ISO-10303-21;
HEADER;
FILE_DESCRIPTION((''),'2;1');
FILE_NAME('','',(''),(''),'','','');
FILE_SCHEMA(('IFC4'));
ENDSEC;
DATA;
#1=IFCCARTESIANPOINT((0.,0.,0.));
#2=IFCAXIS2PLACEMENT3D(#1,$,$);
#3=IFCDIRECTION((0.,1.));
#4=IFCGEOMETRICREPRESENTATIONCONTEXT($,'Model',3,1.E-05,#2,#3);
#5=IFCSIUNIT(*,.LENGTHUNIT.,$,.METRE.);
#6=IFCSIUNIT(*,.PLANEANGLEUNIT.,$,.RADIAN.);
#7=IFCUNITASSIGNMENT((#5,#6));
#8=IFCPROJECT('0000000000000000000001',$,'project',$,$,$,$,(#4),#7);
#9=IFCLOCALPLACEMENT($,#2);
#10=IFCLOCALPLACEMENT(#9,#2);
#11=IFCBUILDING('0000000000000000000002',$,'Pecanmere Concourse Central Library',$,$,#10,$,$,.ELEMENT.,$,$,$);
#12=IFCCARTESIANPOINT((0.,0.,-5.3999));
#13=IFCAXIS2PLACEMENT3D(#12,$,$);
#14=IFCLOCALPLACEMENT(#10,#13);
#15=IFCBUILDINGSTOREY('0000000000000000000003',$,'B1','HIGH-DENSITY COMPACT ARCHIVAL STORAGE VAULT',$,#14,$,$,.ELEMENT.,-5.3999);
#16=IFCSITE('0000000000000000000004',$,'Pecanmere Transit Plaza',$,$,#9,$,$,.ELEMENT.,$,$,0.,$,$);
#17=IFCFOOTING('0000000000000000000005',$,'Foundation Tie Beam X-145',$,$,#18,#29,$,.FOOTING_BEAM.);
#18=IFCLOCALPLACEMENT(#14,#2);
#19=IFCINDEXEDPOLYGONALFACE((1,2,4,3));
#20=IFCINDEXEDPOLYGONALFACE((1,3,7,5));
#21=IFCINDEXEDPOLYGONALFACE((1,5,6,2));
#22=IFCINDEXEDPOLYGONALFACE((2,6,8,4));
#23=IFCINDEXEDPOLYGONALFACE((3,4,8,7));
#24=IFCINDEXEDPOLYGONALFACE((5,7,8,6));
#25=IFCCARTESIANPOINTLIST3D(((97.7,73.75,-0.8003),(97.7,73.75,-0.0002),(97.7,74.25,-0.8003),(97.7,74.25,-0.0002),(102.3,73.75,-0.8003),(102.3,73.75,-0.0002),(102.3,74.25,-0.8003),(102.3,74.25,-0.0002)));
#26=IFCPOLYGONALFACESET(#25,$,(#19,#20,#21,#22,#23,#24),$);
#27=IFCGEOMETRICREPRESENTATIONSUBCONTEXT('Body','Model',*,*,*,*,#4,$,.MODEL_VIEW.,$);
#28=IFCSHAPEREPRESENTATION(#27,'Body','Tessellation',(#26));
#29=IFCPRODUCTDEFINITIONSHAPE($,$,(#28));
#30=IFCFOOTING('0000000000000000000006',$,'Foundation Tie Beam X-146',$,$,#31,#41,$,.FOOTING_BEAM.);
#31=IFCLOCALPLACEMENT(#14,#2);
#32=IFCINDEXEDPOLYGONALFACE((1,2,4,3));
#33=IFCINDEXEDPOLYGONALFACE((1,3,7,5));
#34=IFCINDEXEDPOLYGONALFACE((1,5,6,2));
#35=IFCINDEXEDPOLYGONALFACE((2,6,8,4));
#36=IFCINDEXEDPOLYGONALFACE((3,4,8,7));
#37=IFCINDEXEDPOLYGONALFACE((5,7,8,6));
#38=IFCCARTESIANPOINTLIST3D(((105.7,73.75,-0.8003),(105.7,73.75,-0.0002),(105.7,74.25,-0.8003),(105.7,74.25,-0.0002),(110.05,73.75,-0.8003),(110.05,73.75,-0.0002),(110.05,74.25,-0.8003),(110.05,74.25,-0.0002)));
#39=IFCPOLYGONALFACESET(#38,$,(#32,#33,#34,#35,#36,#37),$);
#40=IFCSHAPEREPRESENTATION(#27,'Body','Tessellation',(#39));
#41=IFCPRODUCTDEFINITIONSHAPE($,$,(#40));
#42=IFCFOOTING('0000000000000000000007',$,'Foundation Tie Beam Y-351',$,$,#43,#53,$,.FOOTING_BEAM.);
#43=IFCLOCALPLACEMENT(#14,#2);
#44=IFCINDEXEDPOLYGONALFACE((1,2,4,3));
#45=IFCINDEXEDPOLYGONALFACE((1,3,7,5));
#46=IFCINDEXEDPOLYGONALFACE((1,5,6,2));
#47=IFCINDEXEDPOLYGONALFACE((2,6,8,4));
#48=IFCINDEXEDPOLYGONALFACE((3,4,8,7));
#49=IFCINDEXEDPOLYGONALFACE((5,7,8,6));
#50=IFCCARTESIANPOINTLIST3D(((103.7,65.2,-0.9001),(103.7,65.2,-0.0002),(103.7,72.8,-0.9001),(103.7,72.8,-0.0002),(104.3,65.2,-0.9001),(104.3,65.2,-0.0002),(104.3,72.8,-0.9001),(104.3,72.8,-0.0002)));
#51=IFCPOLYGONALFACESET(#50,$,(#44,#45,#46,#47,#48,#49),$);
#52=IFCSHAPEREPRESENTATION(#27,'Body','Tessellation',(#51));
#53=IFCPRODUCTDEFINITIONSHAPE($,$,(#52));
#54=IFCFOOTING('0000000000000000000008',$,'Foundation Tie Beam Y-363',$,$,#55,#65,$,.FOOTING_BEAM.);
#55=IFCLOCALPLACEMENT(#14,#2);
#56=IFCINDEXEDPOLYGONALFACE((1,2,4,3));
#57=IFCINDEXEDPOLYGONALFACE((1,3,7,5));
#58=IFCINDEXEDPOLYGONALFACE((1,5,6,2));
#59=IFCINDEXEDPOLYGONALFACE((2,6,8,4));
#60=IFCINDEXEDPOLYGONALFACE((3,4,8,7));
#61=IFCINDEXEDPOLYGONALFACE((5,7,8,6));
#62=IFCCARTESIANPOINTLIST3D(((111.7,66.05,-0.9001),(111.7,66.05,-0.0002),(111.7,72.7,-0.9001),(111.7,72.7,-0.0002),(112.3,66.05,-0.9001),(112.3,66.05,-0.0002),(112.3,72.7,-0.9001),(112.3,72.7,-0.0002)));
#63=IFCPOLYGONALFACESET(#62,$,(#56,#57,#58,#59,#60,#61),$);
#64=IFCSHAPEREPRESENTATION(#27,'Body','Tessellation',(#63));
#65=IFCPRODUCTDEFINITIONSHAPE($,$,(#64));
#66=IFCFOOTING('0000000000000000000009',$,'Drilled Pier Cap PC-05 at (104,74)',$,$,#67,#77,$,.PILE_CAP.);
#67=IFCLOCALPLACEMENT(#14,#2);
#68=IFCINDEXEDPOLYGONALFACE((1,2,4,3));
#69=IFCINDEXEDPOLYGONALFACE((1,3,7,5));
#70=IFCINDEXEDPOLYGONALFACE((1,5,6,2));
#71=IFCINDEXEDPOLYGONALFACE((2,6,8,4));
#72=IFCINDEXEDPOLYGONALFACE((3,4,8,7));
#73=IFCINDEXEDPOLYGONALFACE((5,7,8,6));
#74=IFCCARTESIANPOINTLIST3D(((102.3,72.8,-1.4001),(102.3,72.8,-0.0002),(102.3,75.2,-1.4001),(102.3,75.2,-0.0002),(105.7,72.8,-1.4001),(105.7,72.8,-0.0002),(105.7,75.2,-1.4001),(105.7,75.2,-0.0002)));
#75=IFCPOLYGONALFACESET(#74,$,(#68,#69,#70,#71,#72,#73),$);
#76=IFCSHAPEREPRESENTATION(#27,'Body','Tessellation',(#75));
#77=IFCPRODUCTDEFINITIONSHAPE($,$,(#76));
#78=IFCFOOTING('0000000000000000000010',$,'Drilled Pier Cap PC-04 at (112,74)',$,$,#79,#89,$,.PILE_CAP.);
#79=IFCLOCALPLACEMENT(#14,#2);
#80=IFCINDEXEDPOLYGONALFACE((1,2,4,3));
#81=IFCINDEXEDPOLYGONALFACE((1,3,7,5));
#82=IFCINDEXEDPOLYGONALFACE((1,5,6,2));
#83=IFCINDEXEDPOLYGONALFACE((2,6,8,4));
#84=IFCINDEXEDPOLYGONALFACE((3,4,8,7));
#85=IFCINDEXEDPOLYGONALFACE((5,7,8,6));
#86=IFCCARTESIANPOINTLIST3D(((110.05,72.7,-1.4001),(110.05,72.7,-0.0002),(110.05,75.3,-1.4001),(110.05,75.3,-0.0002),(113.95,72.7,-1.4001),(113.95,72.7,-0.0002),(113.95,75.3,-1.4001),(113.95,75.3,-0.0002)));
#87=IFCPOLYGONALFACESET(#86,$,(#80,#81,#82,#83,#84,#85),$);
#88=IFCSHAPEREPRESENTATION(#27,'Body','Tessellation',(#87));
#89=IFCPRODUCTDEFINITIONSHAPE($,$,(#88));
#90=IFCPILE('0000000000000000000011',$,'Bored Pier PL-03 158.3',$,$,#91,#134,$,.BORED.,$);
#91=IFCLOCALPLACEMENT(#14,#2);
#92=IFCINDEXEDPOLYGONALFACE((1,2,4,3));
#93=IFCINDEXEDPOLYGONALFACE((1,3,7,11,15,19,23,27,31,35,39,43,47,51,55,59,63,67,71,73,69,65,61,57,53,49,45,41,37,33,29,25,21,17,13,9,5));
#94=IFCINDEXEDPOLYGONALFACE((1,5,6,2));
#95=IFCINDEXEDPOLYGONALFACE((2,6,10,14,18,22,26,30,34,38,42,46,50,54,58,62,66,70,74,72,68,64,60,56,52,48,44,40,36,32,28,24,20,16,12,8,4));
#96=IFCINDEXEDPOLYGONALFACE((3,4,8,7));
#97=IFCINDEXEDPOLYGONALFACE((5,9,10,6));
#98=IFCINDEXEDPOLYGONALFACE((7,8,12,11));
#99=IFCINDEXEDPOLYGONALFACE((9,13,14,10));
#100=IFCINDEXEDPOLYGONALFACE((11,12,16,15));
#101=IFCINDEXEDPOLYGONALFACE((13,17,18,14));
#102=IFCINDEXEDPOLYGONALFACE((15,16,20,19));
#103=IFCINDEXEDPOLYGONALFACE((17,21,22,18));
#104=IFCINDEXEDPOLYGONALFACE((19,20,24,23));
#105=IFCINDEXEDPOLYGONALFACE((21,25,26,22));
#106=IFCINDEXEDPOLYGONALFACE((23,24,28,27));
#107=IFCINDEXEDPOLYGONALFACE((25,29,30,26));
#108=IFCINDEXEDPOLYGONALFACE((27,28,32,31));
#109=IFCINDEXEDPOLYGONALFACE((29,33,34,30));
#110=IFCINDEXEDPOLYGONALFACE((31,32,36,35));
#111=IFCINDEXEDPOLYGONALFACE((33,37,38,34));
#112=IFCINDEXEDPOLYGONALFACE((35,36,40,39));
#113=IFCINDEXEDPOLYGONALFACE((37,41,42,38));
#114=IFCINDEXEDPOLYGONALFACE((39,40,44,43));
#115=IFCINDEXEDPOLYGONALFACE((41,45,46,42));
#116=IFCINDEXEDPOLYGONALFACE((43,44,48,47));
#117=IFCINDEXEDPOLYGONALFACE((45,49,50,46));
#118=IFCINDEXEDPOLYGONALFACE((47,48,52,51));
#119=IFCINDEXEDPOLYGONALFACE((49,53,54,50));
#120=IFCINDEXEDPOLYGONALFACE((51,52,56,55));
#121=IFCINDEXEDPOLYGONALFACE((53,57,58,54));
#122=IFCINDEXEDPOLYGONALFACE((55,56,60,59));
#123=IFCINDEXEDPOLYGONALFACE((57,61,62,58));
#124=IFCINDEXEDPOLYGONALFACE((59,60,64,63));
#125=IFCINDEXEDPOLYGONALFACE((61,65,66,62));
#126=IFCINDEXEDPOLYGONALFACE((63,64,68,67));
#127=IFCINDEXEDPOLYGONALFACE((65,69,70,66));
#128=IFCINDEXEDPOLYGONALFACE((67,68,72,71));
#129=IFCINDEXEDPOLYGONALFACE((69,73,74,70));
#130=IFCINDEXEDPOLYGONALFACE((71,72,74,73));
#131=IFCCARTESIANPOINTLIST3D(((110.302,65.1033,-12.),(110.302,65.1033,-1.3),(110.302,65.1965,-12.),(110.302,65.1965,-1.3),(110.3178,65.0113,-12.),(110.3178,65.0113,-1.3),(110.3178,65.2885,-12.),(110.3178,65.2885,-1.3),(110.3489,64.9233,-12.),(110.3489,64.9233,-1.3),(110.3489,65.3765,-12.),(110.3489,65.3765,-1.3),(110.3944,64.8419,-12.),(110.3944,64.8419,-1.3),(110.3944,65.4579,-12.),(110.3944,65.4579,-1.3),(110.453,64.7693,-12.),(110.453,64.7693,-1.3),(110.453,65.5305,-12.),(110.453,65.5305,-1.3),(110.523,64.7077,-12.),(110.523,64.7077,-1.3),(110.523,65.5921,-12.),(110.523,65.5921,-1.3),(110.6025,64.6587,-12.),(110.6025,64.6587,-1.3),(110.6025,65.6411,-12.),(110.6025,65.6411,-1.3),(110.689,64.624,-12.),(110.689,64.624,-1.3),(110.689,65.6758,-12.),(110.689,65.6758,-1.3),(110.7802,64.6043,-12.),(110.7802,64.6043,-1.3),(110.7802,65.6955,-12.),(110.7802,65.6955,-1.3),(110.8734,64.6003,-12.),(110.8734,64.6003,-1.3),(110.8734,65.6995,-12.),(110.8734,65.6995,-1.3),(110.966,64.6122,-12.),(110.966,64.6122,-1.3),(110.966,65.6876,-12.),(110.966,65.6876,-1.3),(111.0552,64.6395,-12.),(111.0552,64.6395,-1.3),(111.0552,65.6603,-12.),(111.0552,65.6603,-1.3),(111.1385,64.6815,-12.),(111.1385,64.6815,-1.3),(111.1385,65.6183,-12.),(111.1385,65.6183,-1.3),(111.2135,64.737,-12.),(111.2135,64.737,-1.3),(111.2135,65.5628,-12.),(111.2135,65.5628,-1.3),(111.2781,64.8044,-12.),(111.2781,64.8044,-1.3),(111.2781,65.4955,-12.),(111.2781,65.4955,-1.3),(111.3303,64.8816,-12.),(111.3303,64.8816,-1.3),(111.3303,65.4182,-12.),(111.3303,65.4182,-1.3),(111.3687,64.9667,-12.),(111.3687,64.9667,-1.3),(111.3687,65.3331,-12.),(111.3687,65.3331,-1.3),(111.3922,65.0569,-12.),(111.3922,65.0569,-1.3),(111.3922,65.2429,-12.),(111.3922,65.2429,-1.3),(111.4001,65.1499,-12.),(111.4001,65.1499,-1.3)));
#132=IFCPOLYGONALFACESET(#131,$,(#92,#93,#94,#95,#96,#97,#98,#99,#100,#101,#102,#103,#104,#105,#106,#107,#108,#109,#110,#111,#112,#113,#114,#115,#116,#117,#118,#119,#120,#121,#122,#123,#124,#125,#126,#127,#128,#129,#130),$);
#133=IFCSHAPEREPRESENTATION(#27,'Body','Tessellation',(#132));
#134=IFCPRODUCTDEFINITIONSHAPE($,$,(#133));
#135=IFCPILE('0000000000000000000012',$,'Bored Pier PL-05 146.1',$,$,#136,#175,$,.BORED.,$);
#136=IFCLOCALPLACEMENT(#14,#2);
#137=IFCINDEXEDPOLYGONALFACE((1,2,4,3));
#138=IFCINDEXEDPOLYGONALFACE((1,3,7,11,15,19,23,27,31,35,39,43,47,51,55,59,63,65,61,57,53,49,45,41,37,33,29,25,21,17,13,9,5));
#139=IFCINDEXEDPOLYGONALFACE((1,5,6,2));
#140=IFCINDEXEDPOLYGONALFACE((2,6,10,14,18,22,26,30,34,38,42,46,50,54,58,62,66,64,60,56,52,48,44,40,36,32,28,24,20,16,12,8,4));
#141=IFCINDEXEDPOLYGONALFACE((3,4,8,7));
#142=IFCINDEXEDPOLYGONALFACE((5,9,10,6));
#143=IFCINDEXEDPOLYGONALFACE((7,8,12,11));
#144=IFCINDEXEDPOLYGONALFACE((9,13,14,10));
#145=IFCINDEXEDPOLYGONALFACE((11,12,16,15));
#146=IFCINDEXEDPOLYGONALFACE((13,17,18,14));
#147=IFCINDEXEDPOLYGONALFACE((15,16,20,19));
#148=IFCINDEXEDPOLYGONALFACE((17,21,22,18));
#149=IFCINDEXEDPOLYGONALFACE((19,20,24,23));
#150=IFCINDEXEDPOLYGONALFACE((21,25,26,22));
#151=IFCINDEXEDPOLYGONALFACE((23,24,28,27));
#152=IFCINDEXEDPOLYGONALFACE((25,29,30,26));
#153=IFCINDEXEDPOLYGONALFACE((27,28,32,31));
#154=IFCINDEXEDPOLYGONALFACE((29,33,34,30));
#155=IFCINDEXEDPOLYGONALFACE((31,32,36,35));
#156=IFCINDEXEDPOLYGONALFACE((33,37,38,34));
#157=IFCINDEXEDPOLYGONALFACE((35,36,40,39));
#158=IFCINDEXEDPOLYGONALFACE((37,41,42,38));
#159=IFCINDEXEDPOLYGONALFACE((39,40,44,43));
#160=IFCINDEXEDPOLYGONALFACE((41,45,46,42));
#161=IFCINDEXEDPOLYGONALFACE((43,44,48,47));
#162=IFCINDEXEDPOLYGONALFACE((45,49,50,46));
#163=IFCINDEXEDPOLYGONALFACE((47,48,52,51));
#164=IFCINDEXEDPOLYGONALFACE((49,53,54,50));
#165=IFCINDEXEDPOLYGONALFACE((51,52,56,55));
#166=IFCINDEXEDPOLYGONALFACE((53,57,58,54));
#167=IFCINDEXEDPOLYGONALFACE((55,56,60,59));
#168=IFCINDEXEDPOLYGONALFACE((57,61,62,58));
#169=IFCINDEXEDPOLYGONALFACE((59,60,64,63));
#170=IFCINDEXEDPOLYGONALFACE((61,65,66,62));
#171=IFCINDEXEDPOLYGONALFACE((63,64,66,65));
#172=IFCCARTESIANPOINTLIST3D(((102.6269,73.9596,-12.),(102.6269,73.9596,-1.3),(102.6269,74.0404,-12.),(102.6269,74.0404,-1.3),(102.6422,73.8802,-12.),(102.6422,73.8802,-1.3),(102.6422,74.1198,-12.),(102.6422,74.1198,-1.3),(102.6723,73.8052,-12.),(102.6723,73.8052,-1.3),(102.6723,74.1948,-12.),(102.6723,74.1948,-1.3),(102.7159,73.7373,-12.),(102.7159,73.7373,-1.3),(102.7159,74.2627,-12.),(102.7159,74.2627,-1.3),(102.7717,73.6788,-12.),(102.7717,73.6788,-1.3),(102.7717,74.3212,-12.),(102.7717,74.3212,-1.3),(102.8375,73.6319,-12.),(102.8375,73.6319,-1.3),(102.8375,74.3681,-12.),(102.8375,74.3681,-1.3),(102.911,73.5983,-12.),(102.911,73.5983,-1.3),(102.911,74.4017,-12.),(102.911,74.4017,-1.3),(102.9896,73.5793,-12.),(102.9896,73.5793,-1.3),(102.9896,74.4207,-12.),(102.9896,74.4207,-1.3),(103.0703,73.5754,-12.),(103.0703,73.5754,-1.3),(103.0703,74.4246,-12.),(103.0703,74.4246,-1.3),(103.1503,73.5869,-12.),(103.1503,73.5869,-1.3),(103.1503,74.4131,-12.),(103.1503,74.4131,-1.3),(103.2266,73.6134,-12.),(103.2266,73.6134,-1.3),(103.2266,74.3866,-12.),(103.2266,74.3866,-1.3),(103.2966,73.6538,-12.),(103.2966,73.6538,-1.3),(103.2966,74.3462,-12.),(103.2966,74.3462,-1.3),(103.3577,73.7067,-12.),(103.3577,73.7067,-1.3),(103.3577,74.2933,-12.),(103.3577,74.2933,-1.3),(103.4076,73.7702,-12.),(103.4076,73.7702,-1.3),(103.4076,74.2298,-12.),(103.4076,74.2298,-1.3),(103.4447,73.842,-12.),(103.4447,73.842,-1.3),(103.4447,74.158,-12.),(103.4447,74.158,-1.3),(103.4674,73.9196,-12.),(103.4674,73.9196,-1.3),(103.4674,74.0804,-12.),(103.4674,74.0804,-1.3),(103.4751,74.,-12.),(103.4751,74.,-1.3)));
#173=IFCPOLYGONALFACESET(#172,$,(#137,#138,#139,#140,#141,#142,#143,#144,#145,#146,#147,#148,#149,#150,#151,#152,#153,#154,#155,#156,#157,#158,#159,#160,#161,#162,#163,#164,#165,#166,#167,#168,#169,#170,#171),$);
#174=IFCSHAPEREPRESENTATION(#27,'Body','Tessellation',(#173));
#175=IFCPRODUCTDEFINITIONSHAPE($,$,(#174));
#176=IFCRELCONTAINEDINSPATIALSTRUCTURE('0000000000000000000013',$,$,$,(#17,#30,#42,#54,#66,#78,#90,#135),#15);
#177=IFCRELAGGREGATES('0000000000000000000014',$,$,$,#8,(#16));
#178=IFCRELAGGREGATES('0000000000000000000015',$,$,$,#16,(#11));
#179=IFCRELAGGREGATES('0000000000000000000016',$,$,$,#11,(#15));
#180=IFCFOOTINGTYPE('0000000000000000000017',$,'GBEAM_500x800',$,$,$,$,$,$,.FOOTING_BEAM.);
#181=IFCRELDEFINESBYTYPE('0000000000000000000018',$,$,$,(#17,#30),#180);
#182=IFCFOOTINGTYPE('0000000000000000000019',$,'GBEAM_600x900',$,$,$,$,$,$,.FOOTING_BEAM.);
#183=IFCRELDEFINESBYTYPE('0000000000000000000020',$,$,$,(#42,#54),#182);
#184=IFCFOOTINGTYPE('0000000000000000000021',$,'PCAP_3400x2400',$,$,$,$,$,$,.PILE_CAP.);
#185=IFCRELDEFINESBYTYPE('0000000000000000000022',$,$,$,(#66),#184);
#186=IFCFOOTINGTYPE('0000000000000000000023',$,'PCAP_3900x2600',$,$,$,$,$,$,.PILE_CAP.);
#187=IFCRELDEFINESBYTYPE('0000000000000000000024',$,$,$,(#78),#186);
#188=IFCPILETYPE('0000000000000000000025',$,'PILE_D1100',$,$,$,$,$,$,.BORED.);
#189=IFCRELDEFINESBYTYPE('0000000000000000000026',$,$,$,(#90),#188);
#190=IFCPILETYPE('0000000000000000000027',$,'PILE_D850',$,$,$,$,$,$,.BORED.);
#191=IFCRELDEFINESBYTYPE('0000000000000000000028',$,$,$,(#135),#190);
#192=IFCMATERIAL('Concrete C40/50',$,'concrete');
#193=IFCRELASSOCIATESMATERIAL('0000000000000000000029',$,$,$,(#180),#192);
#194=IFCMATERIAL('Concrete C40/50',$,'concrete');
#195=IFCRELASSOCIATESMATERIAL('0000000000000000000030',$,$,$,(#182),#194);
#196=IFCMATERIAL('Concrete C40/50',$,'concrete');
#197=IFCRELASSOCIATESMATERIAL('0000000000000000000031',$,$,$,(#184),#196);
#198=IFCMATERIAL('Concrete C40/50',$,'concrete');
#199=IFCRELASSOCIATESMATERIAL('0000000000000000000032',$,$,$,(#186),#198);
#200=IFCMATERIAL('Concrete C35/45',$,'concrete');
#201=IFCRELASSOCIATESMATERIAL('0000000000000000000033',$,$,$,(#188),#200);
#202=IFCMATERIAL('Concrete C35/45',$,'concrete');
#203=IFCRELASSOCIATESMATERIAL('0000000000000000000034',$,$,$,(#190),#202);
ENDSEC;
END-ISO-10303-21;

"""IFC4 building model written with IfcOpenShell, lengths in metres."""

from ifc_helpers import new_model, si_unit, direction, frame, origin, origin_2d, place, context, subcontext, project, spatial, rectangle, circle, extrude, material, material_profile, profile_set, type_object, element, save


model = new_model("IFC4")

# Units and contexts
model_context = context("Model", 3, precision=1e-05, world=origin(), true_north=direction((0.0, 1.0)))
body_context = subcontext(model_context, "Body", "Model", "MODEL_VIEW")
ifc_project = project(units=[si_unit("LENGTHUNIT", "METRE"), si_unit("PLANEANGLEUNIT", "RADIAN")], contexts=[model_context])

# Site, building, storey
site_placement = place(None, origin())
site = spatial("IfcSite", under=ifc_project, at=site_placement, Name="Pecanmere Transit Plaza", CompositionType="ELEMENT", RefElevation=0.0)
building_placement = place(site_placement, origin())
building = spatial("IfcBuilding", under=site, at=building_placement, Name="Pecanmere Concourse Central Library", CompositionType="ELEMENT")
storey_placement = place(building_placement, frame((0.0, 0.0, -5.3999)))
storey = spatial("IfcBuildingStorey", under=building, at=storey_placement, Name="B1", Description="HIGH-DENSITY COMPACT ARCHIVAL STORAGE VAULT", CompositionType="ELEMENT", Elevation=-5.3999)

# Footings
ifc_material_1 = material(Name="Concrete C40/50", Category="concrete")
ifc_material_profile_1 = material_profile(ifc_material_1, rectangle(XDim=0.5, YDim=0.8, at=origin_2d()), Name="RC 500x800")
ifc_profile_set_1 = profile_set([ifc_material_profile_1], Name="Concrete C40/50")
footing_type_1 = type_object("IfcFootingType", Name="GBEAM_500x800", PredefinedType="FOOTING_BEAM", material=ifc_profile_set_1)
footing_1_placement = place(storey_placement, frame((100.0, 74.0, -0.8003), z_axis=(0.0, 0.0, 1.0), x_axis=(1.0, 0.0, 0.0)))
element("IfcFooting", 1, at=footing_1_placement, inside=storey, type_object=footing_type_1, Name="Foundation Tie Beam X-145", PredefinedType="FOOTING_BEAM", context=body_context, shape_type="SweptSolid", body=[
    extrude(rectangle(XDim=4.6001, YDim=0.5, at=origin_2d()), origin(), (0.0, 0.0, 1.0), 0.8),
])
footing_2_placement = place(storey_placement, frame((107.875, 74.0, -0.8003), z_axis=(0.0, 0.0, 1.0), x_axis=(1.0, 0.0, 0.0)))
element("IfcFooting", 2, at=footing_2_placement, inside=storey, type_object=footing_type_1, Name="Foundation Tie Beam X-146", PredefinedType="FOOTING_BEAM", context=body_context, shape_type="SweptSolid", body=[
    extrude(rectangle(XDim=4.3501, YDim=0.5, at=origin_2d()), origin(), (0.0, 0.0, 1.0), 0.8),
])
ifc_material_2 = material(Name="Concrete C40/50", Category="concrete")
ifc_material_profile_2 = material_profile(ifc_material_2, rectangle(XDim=0.6001, YDim=0.8999, at=origin_2d()), Name="RC 600x900")
ifc_profile_set_2 = profile_set([ifc_material_profile_2], Name="Concrete C40/50")
footing_type_2 = type_object("IfcFootingType", Name="GBEAM_600x900", PredefinedType="FOOTING_BEAM", material=ifc_profile_set_2)
footing_3_placement = place(storey_placement, frame((104.0, 69.0, -0.9001), z_axis=(0.0, 0.0, 1.0), x_axis=(0.0, 1.0, 0.0)))
element("IfcFooting", 3, at=footing_3_placement, inside=storey, type_object=footing_type_2, Name="Foundation Tie Beam Y-351", PredefinedType="FOOTING_BEAM", context=body_context, shape_type="SweptSolid", body=[
    extrude(rectangle(XDim=7.6001, YDim=0.6001, at=origin_2d()), origin(), (0.0, 0.0, 1.0), 0.8999),
])
footing_4_placement = place(storey_placement, frame((112.0, 69.375, -0.9001), z_axis=(0.0, 0.0, 1.0), x_axis=(0.0, 1.0, 0.0)))
element("IfcFooting", 4, at=footing_4_placement, inside=storey, type_object=footing_type_2, Name="Foundation Tie Beam Y-363", PredefinedType="FOOTING_BEAM", context=body_context, shape_type="SweptSolid", body=[
    extrude(rectangle(XDim=6.6499, YDim=0.6001, at=origin_2d()), origin(), (0.0, 0.0, 1.0), 0.8999),
])
ifc_material_3 = material(Name="Concrete C40/50", Category="concrete")
footing_type_3 = type_object("IfcFootingType", Name="PCAP_3400x2400", PredefinedType="PILE_CAP", material=ifc_material_3)
footing_5_placement = place(storey_placement, frame((104.0, 74.0, -1.4001), z_axis=(0.0, 0.0, 1.0), x_axis=(1.0, 0.0, 0.0)))
element("IfcFooting", 5, at=footing_5_placement, inside=storey, type_object=footing_type_3, Name="Drilled Pier Cap PC-05 at (104,74)", PredefinedType="PILE_CAP", context=body_context, shape_type="SweptSolid", body=[
    extrude(rectangle(XDim=3.3999, YDim=2.3999, at=origin_2d()), origin(), (0.0, 0.0, 1.0), 1.3999),
])
ifc_material_4 = material(Name="Concrete C40/50", Category="concrete")
footing_type_4 = type_object("IfcFootingType", Name="PCAP_3900x2600", PredefinedType="PILE_CAP", material=ifc_material_4)
footing_6_placement = place(storey_placement, frame((112.0, 74.0, -1.4001), z_axis=(0.0, 0.0, 1.0), x_axis=(1.0, 0.0, 0.0)))
element("IfcFooting", 6, at=footing_6_placement, inside=storey, type_object=footing_type_4, Name="Drilled Pier Cap PC-04 at (112,74)", PredefinedType="PILE_CAP", context=body_context, shape_type="SweptSolid", body=[
    extrude(rectangle(XDim=3.8999, YDim=2.6001, at=origin_2d()), origin(), (0.0, 0.0, 1.0), 1.3999),
])

# Piles
ifc_material_5 = material(Name="Concrete C35/45", Category="concrete")
ifc_material_profile_3 = material_profile(ifc_material_5, circle(Radius=0.55, at=origin_2d()), Name="PIER D1100")
ifc_profile_set_3 = profile_set([ifc_material_profile_3], Name="Concrete C35/45")
pile_type_1 = type_object("IfcPileType", Name="PILE_D1100", PredefinedType="BORED", material=ifc_profile_set_3)
pile_1_placement = place(storey_placement, frame((110.8501, 65.1499, -1.3), z_axis=(0.0, 0.0, -1.0), x_axis=(1.0, 0.0, 0.0)))
element("IfcPile", 7, at=pile_1_placement, inside=storey, type_object=pile_type_1, Name="Bored Pier PL-03 158.3", PredefinedType="BORED", context=body_context, shape_type="SweptSolid", body=[
    extrude(circle(Radius=0.55, at=origin_2d()), origin(), (0.0, 0.0, 1.0), 10.7),
])
ifc_material_6 = material(Name="Concrete C35/45", Category="concrete")
ifc_material_profile_4 = material_profile(ifc_material_6, circle(Radius=0.425, at=origin_2d()), Name="PIER D850")
ifc_profile_set_4 = profile_set([ifc_material_profile_4], Name="Concrete C35/45")
pile_type_2 = type_object("IfcPileType", Name="PILE_D850", PredefinedType="BORED", material=ifc_profile_set_4)
for number, where, z_axis, x_axis, name in (
    (8, (103.05, 74.0, -1.3), (0.0, 0.0, -1.0), (1.0, 0.0, 0.0), "Bored Pier PL-05 146.1"),
):
    element("IfcPile", number, at=place(storey_placement, frame(where, z_axis=z_axis, x_axis=x_axis)), inside=storey, type_object=pile_type_2, Name=name, PredefinedType="BORED", context=body_context, shape_type="SweptSolid", body=[
        extrude(circle(Radius=0.425, at=origin_2d()), origin(), (0.0, 0.0, 1.0), 10.7),
    ])

save(model, "model.ifc")
